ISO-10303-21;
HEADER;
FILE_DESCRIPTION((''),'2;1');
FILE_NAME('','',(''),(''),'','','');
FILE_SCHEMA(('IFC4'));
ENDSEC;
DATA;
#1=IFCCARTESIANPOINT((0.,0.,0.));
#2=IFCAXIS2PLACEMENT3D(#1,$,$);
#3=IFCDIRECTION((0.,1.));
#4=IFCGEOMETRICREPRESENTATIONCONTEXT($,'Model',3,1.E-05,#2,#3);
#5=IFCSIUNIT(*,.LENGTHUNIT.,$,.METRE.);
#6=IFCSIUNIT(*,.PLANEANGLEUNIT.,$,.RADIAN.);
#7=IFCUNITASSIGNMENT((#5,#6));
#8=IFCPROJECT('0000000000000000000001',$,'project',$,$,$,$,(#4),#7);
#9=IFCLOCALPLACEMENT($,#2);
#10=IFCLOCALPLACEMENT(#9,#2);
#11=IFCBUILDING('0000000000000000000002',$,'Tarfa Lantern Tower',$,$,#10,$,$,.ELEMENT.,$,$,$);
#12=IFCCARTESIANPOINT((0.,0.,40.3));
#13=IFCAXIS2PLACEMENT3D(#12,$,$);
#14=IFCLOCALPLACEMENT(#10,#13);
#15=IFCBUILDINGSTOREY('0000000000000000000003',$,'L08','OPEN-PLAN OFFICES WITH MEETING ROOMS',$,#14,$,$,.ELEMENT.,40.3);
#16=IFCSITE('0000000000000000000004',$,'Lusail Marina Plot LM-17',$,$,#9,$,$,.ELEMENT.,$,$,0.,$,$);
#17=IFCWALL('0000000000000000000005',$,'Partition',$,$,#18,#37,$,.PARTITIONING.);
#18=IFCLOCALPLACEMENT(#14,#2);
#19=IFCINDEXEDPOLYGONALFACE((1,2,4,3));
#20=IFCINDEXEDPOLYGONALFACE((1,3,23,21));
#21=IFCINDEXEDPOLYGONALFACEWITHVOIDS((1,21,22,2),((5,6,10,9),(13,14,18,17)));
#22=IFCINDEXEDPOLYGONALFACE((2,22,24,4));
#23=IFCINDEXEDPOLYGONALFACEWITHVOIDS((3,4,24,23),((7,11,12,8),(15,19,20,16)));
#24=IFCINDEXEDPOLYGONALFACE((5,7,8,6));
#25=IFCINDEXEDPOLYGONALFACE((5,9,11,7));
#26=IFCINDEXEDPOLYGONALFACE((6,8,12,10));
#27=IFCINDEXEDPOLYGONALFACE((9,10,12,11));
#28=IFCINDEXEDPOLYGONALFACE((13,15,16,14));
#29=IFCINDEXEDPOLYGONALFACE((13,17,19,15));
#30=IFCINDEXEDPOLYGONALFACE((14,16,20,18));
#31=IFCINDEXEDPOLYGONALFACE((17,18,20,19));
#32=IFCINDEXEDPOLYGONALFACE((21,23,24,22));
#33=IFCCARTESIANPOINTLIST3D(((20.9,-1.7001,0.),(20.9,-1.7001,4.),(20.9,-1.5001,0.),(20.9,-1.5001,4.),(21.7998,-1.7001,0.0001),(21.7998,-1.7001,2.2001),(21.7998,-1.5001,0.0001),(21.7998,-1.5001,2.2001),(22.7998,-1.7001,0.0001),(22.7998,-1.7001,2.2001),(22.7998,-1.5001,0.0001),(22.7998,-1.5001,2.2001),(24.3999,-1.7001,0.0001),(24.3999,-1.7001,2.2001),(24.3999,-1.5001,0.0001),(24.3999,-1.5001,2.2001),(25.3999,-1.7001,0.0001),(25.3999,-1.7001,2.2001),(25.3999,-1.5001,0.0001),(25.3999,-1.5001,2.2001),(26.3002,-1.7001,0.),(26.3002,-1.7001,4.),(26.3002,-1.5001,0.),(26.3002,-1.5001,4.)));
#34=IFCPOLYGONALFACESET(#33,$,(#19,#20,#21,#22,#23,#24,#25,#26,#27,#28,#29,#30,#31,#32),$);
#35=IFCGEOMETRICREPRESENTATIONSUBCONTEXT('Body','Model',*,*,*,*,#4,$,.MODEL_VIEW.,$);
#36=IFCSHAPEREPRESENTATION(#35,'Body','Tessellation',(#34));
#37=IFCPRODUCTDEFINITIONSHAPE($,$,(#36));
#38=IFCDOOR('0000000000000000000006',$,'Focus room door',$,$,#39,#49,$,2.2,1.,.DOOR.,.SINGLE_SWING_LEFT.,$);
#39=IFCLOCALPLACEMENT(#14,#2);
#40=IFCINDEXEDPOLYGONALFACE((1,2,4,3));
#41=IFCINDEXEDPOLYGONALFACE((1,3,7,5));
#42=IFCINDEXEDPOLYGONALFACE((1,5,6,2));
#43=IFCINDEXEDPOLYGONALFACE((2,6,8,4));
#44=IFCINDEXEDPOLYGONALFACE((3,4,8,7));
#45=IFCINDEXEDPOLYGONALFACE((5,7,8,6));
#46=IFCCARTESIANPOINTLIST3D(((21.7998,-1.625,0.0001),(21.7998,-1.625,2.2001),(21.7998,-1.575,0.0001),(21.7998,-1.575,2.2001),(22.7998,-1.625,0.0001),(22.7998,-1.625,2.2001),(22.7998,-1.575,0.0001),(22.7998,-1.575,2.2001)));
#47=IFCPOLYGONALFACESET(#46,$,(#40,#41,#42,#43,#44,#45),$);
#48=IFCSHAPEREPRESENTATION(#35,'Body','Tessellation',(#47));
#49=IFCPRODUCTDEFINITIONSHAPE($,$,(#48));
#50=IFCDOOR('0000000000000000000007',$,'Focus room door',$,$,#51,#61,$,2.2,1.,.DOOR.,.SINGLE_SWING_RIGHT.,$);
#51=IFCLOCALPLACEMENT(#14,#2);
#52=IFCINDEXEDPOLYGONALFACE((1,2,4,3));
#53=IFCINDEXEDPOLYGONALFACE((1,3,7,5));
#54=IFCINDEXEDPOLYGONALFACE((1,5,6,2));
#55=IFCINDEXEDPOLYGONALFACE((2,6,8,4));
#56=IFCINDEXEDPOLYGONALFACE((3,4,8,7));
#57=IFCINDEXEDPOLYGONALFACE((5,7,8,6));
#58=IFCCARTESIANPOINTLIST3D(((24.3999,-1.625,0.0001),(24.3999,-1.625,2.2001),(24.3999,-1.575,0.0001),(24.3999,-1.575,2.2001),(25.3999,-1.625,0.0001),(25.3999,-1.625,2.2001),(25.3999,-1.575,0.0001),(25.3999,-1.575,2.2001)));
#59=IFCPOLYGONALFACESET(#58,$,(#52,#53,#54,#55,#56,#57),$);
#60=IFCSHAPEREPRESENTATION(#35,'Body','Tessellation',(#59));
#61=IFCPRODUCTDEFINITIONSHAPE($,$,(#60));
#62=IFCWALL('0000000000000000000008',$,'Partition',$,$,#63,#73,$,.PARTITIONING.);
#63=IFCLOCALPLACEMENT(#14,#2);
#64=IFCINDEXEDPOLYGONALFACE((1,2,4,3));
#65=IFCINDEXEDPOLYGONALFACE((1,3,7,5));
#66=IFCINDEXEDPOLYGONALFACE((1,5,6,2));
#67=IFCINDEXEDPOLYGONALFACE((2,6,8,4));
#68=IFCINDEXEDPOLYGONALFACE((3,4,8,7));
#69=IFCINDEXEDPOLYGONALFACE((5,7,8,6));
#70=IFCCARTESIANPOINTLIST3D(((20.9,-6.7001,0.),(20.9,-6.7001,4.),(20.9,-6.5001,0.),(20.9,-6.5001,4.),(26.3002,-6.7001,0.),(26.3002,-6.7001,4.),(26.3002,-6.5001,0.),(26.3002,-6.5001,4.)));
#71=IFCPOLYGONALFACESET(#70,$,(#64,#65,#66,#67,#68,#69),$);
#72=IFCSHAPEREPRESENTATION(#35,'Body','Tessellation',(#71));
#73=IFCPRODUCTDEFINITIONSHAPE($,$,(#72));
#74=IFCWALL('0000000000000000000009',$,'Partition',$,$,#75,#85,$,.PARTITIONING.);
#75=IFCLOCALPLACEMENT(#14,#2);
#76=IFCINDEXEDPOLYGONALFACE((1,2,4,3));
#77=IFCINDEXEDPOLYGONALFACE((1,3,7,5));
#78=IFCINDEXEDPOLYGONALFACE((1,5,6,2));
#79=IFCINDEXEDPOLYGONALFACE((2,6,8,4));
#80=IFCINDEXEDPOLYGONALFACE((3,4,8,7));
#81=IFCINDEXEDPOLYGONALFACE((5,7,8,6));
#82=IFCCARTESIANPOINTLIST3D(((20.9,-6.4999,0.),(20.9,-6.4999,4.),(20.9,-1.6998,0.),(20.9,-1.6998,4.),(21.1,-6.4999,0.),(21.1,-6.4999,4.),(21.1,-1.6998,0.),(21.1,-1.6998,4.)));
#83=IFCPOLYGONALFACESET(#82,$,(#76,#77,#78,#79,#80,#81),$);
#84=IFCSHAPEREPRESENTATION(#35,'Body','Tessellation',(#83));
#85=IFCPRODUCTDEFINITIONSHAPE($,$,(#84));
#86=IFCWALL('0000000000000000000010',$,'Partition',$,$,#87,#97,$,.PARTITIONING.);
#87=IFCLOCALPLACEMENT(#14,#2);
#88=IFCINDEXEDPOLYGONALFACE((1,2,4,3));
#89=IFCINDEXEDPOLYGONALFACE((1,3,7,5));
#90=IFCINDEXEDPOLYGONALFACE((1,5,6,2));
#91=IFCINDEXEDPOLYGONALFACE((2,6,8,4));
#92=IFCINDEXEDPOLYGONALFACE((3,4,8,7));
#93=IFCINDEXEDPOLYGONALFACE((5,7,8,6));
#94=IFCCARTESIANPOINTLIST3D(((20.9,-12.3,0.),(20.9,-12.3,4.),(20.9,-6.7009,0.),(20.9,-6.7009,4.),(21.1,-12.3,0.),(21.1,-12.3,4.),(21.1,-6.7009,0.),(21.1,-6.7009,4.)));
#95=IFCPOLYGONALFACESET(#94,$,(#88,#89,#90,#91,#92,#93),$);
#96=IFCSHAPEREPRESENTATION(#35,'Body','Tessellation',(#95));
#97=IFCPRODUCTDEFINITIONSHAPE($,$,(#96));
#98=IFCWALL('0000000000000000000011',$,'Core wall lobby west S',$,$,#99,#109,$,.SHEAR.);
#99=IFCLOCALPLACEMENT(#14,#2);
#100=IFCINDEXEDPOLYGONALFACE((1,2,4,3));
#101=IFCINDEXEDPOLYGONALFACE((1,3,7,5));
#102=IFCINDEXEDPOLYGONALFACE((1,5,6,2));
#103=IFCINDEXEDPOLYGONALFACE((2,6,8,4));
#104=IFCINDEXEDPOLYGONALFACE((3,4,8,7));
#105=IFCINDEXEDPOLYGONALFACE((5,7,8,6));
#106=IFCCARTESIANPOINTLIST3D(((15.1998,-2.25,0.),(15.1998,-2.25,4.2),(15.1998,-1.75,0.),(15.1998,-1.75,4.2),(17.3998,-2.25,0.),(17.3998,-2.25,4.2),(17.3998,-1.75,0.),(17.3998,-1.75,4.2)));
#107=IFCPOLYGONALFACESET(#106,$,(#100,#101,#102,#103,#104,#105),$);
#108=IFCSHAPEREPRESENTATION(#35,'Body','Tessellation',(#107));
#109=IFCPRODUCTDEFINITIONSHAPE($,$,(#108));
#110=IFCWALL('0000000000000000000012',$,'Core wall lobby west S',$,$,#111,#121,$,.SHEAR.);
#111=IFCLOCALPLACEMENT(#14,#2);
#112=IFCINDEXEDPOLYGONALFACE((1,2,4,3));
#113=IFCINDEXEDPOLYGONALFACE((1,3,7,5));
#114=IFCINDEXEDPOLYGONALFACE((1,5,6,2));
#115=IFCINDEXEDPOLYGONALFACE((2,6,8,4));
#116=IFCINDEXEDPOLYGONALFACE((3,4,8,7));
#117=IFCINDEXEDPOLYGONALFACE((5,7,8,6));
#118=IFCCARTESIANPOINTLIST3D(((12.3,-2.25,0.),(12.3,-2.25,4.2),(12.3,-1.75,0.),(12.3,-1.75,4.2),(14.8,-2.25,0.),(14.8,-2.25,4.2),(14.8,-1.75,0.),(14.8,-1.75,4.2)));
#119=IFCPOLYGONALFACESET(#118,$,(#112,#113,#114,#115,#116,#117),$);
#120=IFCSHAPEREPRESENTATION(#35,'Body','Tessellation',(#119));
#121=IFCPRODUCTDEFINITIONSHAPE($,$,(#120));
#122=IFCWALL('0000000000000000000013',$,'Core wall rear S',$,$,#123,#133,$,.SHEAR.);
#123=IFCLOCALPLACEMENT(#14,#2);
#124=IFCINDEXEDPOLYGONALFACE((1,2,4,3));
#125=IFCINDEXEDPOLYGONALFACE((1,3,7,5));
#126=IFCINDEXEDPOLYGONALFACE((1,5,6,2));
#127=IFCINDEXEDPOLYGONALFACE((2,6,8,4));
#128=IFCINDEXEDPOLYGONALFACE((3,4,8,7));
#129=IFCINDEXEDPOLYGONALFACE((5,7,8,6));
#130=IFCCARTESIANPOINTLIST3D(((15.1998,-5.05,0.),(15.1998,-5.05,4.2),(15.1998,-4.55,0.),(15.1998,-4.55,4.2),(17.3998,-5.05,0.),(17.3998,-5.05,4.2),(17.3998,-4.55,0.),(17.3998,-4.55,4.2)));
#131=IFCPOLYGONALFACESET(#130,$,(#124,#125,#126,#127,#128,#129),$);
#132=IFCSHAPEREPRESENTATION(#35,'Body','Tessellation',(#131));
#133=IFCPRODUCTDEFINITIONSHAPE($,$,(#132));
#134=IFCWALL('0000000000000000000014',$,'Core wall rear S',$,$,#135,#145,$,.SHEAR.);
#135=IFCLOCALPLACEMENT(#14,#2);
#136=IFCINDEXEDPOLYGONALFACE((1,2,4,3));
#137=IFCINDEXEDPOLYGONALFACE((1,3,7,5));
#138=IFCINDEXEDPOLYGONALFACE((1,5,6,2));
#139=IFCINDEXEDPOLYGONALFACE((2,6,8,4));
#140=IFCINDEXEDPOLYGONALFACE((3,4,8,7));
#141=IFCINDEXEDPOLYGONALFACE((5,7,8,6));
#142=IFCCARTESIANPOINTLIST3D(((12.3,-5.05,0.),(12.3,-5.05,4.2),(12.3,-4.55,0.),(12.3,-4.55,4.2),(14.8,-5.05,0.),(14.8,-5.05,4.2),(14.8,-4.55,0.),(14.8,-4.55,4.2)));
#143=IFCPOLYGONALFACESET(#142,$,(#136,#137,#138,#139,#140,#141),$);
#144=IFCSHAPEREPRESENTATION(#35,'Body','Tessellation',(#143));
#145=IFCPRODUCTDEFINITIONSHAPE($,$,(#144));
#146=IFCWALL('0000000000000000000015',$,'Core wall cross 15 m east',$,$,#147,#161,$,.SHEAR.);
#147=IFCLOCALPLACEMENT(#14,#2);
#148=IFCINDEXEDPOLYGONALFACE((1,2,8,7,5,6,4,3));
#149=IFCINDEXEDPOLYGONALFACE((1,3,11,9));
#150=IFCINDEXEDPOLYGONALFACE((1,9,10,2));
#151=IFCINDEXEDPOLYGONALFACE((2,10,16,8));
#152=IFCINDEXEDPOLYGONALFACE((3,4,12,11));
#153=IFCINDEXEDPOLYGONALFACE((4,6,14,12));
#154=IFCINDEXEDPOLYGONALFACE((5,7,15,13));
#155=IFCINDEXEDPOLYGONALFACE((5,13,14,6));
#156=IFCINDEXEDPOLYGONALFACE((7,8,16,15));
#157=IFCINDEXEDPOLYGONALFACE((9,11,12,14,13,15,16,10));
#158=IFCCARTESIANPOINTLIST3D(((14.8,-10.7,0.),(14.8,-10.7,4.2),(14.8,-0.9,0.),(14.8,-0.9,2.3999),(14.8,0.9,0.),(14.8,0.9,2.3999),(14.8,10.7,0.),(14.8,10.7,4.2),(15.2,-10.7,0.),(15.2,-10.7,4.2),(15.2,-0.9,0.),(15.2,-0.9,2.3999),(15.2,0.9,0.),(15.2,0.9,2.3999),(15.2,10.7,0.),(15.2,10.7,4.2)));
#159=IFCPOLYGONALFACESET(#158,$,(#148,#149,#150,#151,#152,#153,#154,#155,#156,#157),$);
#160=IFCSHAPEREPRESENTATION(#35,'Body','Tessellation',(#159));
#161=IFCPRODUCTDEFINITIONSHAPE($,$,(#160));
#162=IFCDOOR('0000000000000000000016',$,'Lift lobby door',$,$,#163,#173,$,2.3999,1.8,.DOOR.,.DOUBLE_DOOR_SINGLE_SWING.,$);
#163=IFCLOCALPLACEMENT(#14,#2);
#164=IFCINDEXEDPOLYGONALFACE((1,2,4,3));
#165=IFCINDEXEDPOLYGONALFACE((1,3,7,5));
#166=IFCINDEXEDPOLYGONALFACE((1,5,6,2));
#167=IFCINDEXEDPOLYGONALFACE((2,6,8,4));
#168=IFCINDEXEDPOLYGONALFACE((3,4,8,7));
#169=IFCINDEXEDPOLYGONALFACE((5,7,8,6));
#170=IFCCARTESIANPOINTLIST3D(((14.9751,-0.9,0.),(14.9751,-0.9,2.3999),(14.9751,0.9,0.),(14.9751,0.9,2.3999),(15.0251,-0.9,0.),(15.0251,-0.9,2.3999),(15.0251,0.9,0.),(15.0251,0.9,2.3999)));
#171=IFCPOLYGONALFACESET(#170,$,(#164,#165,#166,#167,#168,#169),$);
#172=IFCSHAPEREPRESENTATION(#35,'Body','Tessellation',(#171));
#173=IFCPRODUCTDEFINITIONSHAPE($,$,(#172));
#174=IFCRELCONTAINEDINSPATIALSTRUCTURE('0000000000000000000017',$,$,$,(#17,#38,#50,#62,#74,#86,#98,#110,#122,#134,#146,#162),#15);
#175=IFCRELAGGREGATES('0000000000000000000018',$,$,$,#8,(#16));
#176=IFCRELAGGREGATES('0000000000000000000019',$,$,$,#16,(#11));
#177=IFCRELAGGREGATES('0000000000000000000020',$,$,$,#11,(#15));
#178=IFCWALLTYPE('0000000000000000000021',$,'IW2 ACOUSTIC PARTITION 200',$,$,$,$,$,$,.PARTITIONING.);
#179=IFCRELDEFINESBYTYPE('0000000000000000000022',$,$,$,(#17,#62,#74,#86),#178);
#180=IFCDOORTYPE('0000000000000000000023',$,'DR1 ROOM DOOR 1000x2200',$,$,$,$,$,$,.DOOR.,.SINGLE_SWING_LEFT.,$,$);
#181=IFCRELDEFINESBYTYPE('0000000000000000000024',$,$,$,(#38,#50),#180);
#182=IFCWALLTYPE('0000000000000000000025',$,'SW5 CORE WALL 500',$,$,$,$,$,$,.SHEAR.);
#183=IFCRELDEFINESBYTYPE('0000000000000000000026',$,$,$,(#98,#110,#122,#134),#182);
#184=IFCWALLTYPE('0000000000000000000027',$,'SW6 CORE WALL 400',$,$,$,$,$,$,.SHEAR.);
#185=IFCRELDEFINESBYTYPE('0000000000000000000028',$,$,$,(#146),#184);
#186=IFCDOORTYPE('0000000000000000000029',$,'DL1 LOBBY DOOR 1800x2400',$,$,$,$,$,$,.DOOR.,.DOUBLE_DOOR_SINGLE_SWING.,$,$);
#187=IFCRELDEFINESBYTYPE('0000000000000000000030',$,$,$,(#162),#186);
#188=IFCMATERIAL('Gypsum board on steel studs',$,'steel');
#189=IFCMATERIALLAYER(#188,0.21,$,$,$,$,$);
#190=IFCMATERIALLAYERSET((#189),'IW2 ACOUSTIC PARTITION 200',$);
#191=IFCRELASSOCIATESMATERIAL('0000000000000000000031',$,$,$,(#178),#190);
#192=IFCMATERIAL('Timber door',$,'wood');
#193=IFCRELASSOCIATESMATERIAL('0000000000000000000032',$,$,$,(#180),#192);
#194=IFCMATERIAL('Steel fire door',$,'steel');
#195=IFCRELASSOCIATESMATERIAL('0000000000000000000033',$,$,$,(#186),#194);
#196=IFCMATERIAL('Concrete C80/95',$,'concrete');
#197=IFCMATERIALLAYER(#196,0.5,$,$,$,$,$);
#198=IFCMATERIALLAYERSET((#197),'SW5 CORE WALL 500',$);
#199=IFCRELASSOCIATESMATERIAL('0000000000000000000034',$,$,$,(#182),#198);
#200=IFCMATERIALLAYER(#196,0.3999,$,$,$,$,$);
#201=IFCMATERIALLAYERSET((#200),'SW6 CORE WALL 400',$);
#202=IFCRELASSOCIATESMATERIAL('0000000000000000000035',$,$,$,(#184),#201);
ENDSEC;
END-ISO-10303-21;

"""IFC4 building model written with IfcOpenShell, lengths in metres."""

from ifc_helpers import new_model, si_unit, direction, frame, frame_2d, origin, place, context, subcontext, project, spatial, rectangle, extrude, material, layer, layer_set, type_object, element, fill, save


model = new_model("IFC4")

# Units and contexts
model_context = context("Model", 3, precision=1e-05, world=origin(), true_north=direction((0.0, 1.0)))
body_context = subcontext(model_context, "Body", "Model", "MODEL_VIEW")
ifc_project = project(units=[si_unit("LENGTHUNIT", "METRE"), si_unit("PLANEANGLEUNIT", "RADIAN")], contexts=[model_context])

# Site, building, storey
site_placement = place(None, origin())
site = spatial("IfcSite", under=ifc_project, at=site_placement, Name="Lusail Marina Plot LM-17", CompositionType="ELEMENT", RefElevation=0.0)
building_placement = place(site_placement, origin())
building = spatial("IfcBuilding", under=site, at=building_placement, Name="Tarfa Lantern Tower", CompositionType="ELEMENT")
storey_placement = place(building_placement, frame((0.0, 0.0, 40.3)))
storey = spatial("IfcBuildingStorey", under=building, at=storey_placement, Name="L08", Description="OPEN-PLAN OFFICES WITH MEETING ROOMS", CompositionType="ELEMENT", Elevation=40.3)

# Wall, openings, doors
ifc_material_1 = material(Name="Gypsum board on steel studs", Category="steel")
ifc_layer_1 = layer(ifc_material_1, 0.21)
ifc_layer_set_1 = layer_set([ifc_layer_1], Name="IW2 ACOUSTIC PARTITION 200")
wall_type_1 = type_object("IfcWallType", Name="IW2 ACOUSTIC PARTITION 200", PredefinedType="PARTITIONING", material=ifc_layer_set_1)
wall_1_placement = place(storey_placement, frame((20.8999, -1.6001, 0.0), z_axis=(0.0, 0.0, 1.0), x_axis=(1.0, 0.0, 0.0)))
wall_1 = element("IfcWall", 1, at=wall_1_placement, inside=storey, type_object=wall_type_1, Name="Partition", PredefinedType="PARTITIONING", context=body_context, shape_type="SweptSolid", body=[
    extrude(rectangle(XDim=5.4001, YDim=0.2, at=frame_2d((2.7002, 0.0))), origin(), (0.0, 0.0, 1.0), 4.0),
])
opening_1_placement = place(wall_1_placement, frame((0.8999, 0.0, 0.0)))
opening_1 = element("IfcOpeningElement", 2, at=opening_1_placement, cuts=wall_1, PredefinedType="OPENING", context=body_context, shape_type="SweptSolid", body=[
    extrude(rectangle(XDim=1.0, YDim=2.2, at=frame_2d((0.5, 1.1001))), frame((0.0, 0.1099, 0.0), z_axis=(0.0, -1.0, 0.0), x_axis=(1.0, 0.0, 0.0)), (0.0, 0.0, 1.0), 0.22),
])
opening_2_placement = place(wall_1_placement, frame((3.5, 0.0, 0.0)))
opening_2 = element("IfcOpeningElement", 3, at=opening_2_placement, cuts=wall_1, PredefinedType="OPENING", context=body_context, shape_type="SweptSolid", body=[
    extrude(rectangle(XDim=1.0, YDim=2.2, at=frame_2d((0.5, 1.1001))), frame((0.0, 0.1099, 0.0), z_axis=(0.0, -1.0, 0.0), x_axis=(1.0, 0.0, 0.0)), (0.0, 0.0, 1.0), 0.22),
])
ifc_material_2 = material(Name="Timber door", Category="wood")
door_type_1 = type_object("IfcDoorType", Name="DR1 ROOM DOOR 1000x2200", OperationType="SINGLE_SWING_LEFT", PredefinedType="DOOR", material=ifc_material_2)
door_1_placement = place(opening_1_placement, frame((1.0, 0.0, 0.0), z_axis=(0.0, 0.0, 1.0), x_axis=(-1.0, 0.0, 0.0)))
door_1 = element("IfcDoor", 4, at=door_1_placement, inside=storey, type_object=door_type_1, Name="Focus room door", OperationType="SINGLE_SWING_LEFT", OverallHeight=2.2, OverallWidth=1.0, PredefinedType="DOOR", context=body_context, shape_type="SweptSolid", body=[
    extrude(rectangle(XDim=1.0, YDim=2.2, at=frame_2d((0.5, 1.1001))), frame((0.0, 0.0249, 0.0), z_axis=(0.0, -1.0, 0.0), x_axis=(1.0, 0.0, 0.0)), (0.0, 0.0, 1.0), 0.05),
])
fill(opening_1, door_1)
door_2_placement = place(opening_2_placement, frame((1.0, 0.0, 0.0), z_axis=(0.0, 0.0, 1.0), x_axis=(-1.0, 0.0, 0.0)))
door_2 = element("IfcDoor", 5, at=door_2_placement, inside=storey, type_object=door_type_1, Name="Focus room door", OperationType="SINGLE_SWING_RIGHT", OverallHeight=2.2, OverallWidth=1.0, PredefinedType="DOOR", context=body_context, shape_type="SweptSolid", body=[
    extrude(rectangle(XDim=1.0, YDim=2.2, at=frame_2d((0.5, 1.1001))), frame((0.0, 0.0249, 0.0), z_axis=(0.0, -1.0, 0.0), x_axis=(1.0, 0.0, 0.0)), (0.0, 0.0, 1.0), 0.05),
])
fill(opening_2, door_2)

# Walls
wall_2_placement = place(storey_placement, frame((20.8999, -6.6001, 0.0), z_axis=(0.0, 0.0, 1.0), x_axis=(1.0, 0.0, 0.0)))
element("IfcWall", 6, at=wall_2_placement, inside=storey, type_object=wall_type_1, Name="Partition", PredefinedType="PARTITIONING", context=body_context, shape_type="SweptSolid", body=[
    extrude(rectangle(XDim=5.4001, YDim=0.2, at=frame_2d((2.7002, 0.0))), origin(), (0.0, 0.0, 1.0), 4.0),
])
wall_3_placement = place(storey_placement, frame((21.0, -1.7, 0.0), z_axis=(0.0, 0.0, 1.0), x_axis=(0.0, -1.0, 0.0)))
element("IfcWall", 7, at=wall_3_placement, inside=storey, type_object=wall_type_1, Name="Partition", PredefinedType="PARTITIONING", context=body_context, shape_type="SweptSolid", body=[
    extrude(rectangle(XDim=4.8, YDim=0.2, at=frame_2d((2.3999, 0.0))), origin(), (0.0, 0.0, 1.0), 4.0),
])
wall_4_placement = place(storey_placement, frame((21.0, -6.7009, 0.0), z_axis=(0.0, 0.0, 1.0), x_axis=(0.0, -1.0, 0.0)))
element("IfcWall", 8, at=wall_4_placement, inside=storey, type_object=wall_type_1, Name="Partition", PredefinedType="PARTITIONING", context=body_context, shape_type="SweptSolid", body=[
    extrude(rectangle(XDim=5.5991, YDim=0.2, at=frame_2d((2.7996, 0.0))), origin(), (0.0, 0.0, 1.0), 4.0),
])

# Shared definitions
ifc_material_3 = material(Name="Concrete C80/95", Category="concrete")
ifc_material_4 = material(Name="Steel fire door", Category="steel")
door_type_2 = type_object("IfcDoorType", Name="DL1 LOBBY DOOR 1800x2400", OperationType="DOUBLE_DOOR_SINGLE_SWING", PredefinedType="DOOR", material=ifc_material_4)

# Walls
ifc_layer_2 = layer(ifc_material_3, 0.5)
ifc_layer_set_2 = layer_set([ifc_layer_2], Name="SW5 CORE WALL 500")
wall_type_2 = type_object("IfcWallType", Name="SW5 CORE WALL 500", PredefinedType="SHEAR", material=ifc_layer_set_2)
wall_5_placement = place(storey_placement, frame((17.3999, -2.0, 0.0), z_axis=(0.0, 0.0, 1.0), x_axis=(-1.0, 0.0, 0.0)))
element("IfcWall", 9, at=wall_5_placement, inside=storey, type_object=wall_type_2, Name="Core wall lobby west S", PredefinedType="SHEAR", context=body_context, shape_type="SweptSolid", body=[
    extrude(rectangle(XDim=2.2, YDim=0.5, at=frame_2d((1.1001, 0.0))), origin(), (0.0, 0.0, 1.0), 4.2),
])
wall_6_placement = place(storey_placement, frame((14.8, -2.0, 0.0), z_axis=(0.0, 0.0, 1.0), x_axis=(-1.0, 0.0, 0.0)))
element("IfcWall", 10, at=wall_6_placement, inside=storey, type_object=wall_type_2, Name="Core wall lobby west S", PredefinedType="SHEAR", context=body_context, shape_type="SweptSolid", body=[
    extrude(rectangle(XDim=2.5, YDim=0.5, at=frame_2d((1.25, 0.0))), origin(), (0.0, 0.0, 1.0), 4.2),
])
wall_7_placement = place(storey_placement, frame((17.3999, -4.8, 0.0), z_axis=(0.0, 0.0, 1.0), x_axis=(-1.0, 0.0, 0.0)))
element("IfcWall", 11, at=wall_7_placement, inside=storey, type_object=wall_type_2, Name="Core wall rear S", PredefinedType="SHEAR", context=body_context, shape_type="SweptSolid", body=[
    extrude(rectangle(XDim=2.2, YDim=0.5, at=frame_2d((1.1001, 0.0))), origin(), (0.0, 0.0, 1.0), 4.2),
])
wall_8_placement = place(storey_placement, frame((14.8, -4.8, 0.0), z_axis=(0.0, 0.0, 1.0), x_axis=(-1.0, 0.0, 0.0)))
element("IfcWall", 12, at=wall_8_placement, inside=storey, type_object=wall_type_2, Name="Core wall rear S", PredefinedType="SHEAR", context=body_context, shape_type="SweptSolid", body=[
    extrude(rectangle(XDim=2.5, YDim=0.5, at=frame_2d((1.25, 0.0))), origin(), (0.0, 0.0, 1.0), 4.2),
])

# Wall, opening, door
ifc_layer_3 = layer(ifc_material_3, 0.3999)
ifc_layer_set_3 = layer_set([ifc_layer_3], Name="SW6 CORE WALL 400")
wall_type_3 = type_object("IfcWallType", Name="SW6 CORE WALL 400", PredefinedType="SHEAR", material=ifc_layer_set_3)
wall_9_placement = place(storey_placement, frame((15.0, -10.7, 0.0), z_axis=(0.0, 0.0, 1.0), x_axis=(0.0, 1.0, 0.0)))
wall_9 = element("IfcWall", 13, at=wall_9_placement, inside=storey, type_object=wall_type_3, Name="Core wall cross 15 m east", PredefinedType="SHEAR", context=body_context, shape_type="SweptSolid", body=[
    extrude(rectangle(XDim=21.3999, YDim=0.3999, at=frame_2d((10.7, 0.0))), origin(), (0.0, 0.0, 1.0), 4.2),
])
opening_3_placement = place(wall_9_placement, frame((9.8, 0.0, 0.0)))
opening_3 = element("IfcOpeningElement", 14, at=opening_3_placement, cuts=wall_9, PredefinedType="OPENING", context=body_context, shape_type="SweptSolid", body=[
    extrude(rectangle(XDim=1.8, YDim=2.3999, at=frame_2d((0.8999, 1.2))), frame((0.0, 0.21, 0.0), z_axis=(0.0, -1.0, 0.0), x_axis=(1.0, 0.0, 0.0)), (0.0, 0.0, 1.0), 0.4199),
])
door_3_placement = place(opening_3_placement, origin())
door_3 = element("IfcDoor", 15, at=door_3_placement, inside=storey, type_object=door_type_2, Name="Lift lobby door", OperationType="DOUBLE_DOOR_SINGLE_SWING", OverallHeight=2.3999, OverallWidth=1.8, PredefinedType="DOOR", context=body_context, shape_type="SweptSolid", body=[
    extrude(rectangle(XDim=1.8, YDim=2.3999, at=frame_2d((0.8999, 1.2))), frame((0.0, 0.0249, 0.0), z_axis=(0.0, -1.0, 0.0), x_axis=(1.0, 0.0, 0.0)), (0.0, 0.0, 1.0), 0.05),
])
fill(opening_3, door_3)

save(model, "model.ifc")
